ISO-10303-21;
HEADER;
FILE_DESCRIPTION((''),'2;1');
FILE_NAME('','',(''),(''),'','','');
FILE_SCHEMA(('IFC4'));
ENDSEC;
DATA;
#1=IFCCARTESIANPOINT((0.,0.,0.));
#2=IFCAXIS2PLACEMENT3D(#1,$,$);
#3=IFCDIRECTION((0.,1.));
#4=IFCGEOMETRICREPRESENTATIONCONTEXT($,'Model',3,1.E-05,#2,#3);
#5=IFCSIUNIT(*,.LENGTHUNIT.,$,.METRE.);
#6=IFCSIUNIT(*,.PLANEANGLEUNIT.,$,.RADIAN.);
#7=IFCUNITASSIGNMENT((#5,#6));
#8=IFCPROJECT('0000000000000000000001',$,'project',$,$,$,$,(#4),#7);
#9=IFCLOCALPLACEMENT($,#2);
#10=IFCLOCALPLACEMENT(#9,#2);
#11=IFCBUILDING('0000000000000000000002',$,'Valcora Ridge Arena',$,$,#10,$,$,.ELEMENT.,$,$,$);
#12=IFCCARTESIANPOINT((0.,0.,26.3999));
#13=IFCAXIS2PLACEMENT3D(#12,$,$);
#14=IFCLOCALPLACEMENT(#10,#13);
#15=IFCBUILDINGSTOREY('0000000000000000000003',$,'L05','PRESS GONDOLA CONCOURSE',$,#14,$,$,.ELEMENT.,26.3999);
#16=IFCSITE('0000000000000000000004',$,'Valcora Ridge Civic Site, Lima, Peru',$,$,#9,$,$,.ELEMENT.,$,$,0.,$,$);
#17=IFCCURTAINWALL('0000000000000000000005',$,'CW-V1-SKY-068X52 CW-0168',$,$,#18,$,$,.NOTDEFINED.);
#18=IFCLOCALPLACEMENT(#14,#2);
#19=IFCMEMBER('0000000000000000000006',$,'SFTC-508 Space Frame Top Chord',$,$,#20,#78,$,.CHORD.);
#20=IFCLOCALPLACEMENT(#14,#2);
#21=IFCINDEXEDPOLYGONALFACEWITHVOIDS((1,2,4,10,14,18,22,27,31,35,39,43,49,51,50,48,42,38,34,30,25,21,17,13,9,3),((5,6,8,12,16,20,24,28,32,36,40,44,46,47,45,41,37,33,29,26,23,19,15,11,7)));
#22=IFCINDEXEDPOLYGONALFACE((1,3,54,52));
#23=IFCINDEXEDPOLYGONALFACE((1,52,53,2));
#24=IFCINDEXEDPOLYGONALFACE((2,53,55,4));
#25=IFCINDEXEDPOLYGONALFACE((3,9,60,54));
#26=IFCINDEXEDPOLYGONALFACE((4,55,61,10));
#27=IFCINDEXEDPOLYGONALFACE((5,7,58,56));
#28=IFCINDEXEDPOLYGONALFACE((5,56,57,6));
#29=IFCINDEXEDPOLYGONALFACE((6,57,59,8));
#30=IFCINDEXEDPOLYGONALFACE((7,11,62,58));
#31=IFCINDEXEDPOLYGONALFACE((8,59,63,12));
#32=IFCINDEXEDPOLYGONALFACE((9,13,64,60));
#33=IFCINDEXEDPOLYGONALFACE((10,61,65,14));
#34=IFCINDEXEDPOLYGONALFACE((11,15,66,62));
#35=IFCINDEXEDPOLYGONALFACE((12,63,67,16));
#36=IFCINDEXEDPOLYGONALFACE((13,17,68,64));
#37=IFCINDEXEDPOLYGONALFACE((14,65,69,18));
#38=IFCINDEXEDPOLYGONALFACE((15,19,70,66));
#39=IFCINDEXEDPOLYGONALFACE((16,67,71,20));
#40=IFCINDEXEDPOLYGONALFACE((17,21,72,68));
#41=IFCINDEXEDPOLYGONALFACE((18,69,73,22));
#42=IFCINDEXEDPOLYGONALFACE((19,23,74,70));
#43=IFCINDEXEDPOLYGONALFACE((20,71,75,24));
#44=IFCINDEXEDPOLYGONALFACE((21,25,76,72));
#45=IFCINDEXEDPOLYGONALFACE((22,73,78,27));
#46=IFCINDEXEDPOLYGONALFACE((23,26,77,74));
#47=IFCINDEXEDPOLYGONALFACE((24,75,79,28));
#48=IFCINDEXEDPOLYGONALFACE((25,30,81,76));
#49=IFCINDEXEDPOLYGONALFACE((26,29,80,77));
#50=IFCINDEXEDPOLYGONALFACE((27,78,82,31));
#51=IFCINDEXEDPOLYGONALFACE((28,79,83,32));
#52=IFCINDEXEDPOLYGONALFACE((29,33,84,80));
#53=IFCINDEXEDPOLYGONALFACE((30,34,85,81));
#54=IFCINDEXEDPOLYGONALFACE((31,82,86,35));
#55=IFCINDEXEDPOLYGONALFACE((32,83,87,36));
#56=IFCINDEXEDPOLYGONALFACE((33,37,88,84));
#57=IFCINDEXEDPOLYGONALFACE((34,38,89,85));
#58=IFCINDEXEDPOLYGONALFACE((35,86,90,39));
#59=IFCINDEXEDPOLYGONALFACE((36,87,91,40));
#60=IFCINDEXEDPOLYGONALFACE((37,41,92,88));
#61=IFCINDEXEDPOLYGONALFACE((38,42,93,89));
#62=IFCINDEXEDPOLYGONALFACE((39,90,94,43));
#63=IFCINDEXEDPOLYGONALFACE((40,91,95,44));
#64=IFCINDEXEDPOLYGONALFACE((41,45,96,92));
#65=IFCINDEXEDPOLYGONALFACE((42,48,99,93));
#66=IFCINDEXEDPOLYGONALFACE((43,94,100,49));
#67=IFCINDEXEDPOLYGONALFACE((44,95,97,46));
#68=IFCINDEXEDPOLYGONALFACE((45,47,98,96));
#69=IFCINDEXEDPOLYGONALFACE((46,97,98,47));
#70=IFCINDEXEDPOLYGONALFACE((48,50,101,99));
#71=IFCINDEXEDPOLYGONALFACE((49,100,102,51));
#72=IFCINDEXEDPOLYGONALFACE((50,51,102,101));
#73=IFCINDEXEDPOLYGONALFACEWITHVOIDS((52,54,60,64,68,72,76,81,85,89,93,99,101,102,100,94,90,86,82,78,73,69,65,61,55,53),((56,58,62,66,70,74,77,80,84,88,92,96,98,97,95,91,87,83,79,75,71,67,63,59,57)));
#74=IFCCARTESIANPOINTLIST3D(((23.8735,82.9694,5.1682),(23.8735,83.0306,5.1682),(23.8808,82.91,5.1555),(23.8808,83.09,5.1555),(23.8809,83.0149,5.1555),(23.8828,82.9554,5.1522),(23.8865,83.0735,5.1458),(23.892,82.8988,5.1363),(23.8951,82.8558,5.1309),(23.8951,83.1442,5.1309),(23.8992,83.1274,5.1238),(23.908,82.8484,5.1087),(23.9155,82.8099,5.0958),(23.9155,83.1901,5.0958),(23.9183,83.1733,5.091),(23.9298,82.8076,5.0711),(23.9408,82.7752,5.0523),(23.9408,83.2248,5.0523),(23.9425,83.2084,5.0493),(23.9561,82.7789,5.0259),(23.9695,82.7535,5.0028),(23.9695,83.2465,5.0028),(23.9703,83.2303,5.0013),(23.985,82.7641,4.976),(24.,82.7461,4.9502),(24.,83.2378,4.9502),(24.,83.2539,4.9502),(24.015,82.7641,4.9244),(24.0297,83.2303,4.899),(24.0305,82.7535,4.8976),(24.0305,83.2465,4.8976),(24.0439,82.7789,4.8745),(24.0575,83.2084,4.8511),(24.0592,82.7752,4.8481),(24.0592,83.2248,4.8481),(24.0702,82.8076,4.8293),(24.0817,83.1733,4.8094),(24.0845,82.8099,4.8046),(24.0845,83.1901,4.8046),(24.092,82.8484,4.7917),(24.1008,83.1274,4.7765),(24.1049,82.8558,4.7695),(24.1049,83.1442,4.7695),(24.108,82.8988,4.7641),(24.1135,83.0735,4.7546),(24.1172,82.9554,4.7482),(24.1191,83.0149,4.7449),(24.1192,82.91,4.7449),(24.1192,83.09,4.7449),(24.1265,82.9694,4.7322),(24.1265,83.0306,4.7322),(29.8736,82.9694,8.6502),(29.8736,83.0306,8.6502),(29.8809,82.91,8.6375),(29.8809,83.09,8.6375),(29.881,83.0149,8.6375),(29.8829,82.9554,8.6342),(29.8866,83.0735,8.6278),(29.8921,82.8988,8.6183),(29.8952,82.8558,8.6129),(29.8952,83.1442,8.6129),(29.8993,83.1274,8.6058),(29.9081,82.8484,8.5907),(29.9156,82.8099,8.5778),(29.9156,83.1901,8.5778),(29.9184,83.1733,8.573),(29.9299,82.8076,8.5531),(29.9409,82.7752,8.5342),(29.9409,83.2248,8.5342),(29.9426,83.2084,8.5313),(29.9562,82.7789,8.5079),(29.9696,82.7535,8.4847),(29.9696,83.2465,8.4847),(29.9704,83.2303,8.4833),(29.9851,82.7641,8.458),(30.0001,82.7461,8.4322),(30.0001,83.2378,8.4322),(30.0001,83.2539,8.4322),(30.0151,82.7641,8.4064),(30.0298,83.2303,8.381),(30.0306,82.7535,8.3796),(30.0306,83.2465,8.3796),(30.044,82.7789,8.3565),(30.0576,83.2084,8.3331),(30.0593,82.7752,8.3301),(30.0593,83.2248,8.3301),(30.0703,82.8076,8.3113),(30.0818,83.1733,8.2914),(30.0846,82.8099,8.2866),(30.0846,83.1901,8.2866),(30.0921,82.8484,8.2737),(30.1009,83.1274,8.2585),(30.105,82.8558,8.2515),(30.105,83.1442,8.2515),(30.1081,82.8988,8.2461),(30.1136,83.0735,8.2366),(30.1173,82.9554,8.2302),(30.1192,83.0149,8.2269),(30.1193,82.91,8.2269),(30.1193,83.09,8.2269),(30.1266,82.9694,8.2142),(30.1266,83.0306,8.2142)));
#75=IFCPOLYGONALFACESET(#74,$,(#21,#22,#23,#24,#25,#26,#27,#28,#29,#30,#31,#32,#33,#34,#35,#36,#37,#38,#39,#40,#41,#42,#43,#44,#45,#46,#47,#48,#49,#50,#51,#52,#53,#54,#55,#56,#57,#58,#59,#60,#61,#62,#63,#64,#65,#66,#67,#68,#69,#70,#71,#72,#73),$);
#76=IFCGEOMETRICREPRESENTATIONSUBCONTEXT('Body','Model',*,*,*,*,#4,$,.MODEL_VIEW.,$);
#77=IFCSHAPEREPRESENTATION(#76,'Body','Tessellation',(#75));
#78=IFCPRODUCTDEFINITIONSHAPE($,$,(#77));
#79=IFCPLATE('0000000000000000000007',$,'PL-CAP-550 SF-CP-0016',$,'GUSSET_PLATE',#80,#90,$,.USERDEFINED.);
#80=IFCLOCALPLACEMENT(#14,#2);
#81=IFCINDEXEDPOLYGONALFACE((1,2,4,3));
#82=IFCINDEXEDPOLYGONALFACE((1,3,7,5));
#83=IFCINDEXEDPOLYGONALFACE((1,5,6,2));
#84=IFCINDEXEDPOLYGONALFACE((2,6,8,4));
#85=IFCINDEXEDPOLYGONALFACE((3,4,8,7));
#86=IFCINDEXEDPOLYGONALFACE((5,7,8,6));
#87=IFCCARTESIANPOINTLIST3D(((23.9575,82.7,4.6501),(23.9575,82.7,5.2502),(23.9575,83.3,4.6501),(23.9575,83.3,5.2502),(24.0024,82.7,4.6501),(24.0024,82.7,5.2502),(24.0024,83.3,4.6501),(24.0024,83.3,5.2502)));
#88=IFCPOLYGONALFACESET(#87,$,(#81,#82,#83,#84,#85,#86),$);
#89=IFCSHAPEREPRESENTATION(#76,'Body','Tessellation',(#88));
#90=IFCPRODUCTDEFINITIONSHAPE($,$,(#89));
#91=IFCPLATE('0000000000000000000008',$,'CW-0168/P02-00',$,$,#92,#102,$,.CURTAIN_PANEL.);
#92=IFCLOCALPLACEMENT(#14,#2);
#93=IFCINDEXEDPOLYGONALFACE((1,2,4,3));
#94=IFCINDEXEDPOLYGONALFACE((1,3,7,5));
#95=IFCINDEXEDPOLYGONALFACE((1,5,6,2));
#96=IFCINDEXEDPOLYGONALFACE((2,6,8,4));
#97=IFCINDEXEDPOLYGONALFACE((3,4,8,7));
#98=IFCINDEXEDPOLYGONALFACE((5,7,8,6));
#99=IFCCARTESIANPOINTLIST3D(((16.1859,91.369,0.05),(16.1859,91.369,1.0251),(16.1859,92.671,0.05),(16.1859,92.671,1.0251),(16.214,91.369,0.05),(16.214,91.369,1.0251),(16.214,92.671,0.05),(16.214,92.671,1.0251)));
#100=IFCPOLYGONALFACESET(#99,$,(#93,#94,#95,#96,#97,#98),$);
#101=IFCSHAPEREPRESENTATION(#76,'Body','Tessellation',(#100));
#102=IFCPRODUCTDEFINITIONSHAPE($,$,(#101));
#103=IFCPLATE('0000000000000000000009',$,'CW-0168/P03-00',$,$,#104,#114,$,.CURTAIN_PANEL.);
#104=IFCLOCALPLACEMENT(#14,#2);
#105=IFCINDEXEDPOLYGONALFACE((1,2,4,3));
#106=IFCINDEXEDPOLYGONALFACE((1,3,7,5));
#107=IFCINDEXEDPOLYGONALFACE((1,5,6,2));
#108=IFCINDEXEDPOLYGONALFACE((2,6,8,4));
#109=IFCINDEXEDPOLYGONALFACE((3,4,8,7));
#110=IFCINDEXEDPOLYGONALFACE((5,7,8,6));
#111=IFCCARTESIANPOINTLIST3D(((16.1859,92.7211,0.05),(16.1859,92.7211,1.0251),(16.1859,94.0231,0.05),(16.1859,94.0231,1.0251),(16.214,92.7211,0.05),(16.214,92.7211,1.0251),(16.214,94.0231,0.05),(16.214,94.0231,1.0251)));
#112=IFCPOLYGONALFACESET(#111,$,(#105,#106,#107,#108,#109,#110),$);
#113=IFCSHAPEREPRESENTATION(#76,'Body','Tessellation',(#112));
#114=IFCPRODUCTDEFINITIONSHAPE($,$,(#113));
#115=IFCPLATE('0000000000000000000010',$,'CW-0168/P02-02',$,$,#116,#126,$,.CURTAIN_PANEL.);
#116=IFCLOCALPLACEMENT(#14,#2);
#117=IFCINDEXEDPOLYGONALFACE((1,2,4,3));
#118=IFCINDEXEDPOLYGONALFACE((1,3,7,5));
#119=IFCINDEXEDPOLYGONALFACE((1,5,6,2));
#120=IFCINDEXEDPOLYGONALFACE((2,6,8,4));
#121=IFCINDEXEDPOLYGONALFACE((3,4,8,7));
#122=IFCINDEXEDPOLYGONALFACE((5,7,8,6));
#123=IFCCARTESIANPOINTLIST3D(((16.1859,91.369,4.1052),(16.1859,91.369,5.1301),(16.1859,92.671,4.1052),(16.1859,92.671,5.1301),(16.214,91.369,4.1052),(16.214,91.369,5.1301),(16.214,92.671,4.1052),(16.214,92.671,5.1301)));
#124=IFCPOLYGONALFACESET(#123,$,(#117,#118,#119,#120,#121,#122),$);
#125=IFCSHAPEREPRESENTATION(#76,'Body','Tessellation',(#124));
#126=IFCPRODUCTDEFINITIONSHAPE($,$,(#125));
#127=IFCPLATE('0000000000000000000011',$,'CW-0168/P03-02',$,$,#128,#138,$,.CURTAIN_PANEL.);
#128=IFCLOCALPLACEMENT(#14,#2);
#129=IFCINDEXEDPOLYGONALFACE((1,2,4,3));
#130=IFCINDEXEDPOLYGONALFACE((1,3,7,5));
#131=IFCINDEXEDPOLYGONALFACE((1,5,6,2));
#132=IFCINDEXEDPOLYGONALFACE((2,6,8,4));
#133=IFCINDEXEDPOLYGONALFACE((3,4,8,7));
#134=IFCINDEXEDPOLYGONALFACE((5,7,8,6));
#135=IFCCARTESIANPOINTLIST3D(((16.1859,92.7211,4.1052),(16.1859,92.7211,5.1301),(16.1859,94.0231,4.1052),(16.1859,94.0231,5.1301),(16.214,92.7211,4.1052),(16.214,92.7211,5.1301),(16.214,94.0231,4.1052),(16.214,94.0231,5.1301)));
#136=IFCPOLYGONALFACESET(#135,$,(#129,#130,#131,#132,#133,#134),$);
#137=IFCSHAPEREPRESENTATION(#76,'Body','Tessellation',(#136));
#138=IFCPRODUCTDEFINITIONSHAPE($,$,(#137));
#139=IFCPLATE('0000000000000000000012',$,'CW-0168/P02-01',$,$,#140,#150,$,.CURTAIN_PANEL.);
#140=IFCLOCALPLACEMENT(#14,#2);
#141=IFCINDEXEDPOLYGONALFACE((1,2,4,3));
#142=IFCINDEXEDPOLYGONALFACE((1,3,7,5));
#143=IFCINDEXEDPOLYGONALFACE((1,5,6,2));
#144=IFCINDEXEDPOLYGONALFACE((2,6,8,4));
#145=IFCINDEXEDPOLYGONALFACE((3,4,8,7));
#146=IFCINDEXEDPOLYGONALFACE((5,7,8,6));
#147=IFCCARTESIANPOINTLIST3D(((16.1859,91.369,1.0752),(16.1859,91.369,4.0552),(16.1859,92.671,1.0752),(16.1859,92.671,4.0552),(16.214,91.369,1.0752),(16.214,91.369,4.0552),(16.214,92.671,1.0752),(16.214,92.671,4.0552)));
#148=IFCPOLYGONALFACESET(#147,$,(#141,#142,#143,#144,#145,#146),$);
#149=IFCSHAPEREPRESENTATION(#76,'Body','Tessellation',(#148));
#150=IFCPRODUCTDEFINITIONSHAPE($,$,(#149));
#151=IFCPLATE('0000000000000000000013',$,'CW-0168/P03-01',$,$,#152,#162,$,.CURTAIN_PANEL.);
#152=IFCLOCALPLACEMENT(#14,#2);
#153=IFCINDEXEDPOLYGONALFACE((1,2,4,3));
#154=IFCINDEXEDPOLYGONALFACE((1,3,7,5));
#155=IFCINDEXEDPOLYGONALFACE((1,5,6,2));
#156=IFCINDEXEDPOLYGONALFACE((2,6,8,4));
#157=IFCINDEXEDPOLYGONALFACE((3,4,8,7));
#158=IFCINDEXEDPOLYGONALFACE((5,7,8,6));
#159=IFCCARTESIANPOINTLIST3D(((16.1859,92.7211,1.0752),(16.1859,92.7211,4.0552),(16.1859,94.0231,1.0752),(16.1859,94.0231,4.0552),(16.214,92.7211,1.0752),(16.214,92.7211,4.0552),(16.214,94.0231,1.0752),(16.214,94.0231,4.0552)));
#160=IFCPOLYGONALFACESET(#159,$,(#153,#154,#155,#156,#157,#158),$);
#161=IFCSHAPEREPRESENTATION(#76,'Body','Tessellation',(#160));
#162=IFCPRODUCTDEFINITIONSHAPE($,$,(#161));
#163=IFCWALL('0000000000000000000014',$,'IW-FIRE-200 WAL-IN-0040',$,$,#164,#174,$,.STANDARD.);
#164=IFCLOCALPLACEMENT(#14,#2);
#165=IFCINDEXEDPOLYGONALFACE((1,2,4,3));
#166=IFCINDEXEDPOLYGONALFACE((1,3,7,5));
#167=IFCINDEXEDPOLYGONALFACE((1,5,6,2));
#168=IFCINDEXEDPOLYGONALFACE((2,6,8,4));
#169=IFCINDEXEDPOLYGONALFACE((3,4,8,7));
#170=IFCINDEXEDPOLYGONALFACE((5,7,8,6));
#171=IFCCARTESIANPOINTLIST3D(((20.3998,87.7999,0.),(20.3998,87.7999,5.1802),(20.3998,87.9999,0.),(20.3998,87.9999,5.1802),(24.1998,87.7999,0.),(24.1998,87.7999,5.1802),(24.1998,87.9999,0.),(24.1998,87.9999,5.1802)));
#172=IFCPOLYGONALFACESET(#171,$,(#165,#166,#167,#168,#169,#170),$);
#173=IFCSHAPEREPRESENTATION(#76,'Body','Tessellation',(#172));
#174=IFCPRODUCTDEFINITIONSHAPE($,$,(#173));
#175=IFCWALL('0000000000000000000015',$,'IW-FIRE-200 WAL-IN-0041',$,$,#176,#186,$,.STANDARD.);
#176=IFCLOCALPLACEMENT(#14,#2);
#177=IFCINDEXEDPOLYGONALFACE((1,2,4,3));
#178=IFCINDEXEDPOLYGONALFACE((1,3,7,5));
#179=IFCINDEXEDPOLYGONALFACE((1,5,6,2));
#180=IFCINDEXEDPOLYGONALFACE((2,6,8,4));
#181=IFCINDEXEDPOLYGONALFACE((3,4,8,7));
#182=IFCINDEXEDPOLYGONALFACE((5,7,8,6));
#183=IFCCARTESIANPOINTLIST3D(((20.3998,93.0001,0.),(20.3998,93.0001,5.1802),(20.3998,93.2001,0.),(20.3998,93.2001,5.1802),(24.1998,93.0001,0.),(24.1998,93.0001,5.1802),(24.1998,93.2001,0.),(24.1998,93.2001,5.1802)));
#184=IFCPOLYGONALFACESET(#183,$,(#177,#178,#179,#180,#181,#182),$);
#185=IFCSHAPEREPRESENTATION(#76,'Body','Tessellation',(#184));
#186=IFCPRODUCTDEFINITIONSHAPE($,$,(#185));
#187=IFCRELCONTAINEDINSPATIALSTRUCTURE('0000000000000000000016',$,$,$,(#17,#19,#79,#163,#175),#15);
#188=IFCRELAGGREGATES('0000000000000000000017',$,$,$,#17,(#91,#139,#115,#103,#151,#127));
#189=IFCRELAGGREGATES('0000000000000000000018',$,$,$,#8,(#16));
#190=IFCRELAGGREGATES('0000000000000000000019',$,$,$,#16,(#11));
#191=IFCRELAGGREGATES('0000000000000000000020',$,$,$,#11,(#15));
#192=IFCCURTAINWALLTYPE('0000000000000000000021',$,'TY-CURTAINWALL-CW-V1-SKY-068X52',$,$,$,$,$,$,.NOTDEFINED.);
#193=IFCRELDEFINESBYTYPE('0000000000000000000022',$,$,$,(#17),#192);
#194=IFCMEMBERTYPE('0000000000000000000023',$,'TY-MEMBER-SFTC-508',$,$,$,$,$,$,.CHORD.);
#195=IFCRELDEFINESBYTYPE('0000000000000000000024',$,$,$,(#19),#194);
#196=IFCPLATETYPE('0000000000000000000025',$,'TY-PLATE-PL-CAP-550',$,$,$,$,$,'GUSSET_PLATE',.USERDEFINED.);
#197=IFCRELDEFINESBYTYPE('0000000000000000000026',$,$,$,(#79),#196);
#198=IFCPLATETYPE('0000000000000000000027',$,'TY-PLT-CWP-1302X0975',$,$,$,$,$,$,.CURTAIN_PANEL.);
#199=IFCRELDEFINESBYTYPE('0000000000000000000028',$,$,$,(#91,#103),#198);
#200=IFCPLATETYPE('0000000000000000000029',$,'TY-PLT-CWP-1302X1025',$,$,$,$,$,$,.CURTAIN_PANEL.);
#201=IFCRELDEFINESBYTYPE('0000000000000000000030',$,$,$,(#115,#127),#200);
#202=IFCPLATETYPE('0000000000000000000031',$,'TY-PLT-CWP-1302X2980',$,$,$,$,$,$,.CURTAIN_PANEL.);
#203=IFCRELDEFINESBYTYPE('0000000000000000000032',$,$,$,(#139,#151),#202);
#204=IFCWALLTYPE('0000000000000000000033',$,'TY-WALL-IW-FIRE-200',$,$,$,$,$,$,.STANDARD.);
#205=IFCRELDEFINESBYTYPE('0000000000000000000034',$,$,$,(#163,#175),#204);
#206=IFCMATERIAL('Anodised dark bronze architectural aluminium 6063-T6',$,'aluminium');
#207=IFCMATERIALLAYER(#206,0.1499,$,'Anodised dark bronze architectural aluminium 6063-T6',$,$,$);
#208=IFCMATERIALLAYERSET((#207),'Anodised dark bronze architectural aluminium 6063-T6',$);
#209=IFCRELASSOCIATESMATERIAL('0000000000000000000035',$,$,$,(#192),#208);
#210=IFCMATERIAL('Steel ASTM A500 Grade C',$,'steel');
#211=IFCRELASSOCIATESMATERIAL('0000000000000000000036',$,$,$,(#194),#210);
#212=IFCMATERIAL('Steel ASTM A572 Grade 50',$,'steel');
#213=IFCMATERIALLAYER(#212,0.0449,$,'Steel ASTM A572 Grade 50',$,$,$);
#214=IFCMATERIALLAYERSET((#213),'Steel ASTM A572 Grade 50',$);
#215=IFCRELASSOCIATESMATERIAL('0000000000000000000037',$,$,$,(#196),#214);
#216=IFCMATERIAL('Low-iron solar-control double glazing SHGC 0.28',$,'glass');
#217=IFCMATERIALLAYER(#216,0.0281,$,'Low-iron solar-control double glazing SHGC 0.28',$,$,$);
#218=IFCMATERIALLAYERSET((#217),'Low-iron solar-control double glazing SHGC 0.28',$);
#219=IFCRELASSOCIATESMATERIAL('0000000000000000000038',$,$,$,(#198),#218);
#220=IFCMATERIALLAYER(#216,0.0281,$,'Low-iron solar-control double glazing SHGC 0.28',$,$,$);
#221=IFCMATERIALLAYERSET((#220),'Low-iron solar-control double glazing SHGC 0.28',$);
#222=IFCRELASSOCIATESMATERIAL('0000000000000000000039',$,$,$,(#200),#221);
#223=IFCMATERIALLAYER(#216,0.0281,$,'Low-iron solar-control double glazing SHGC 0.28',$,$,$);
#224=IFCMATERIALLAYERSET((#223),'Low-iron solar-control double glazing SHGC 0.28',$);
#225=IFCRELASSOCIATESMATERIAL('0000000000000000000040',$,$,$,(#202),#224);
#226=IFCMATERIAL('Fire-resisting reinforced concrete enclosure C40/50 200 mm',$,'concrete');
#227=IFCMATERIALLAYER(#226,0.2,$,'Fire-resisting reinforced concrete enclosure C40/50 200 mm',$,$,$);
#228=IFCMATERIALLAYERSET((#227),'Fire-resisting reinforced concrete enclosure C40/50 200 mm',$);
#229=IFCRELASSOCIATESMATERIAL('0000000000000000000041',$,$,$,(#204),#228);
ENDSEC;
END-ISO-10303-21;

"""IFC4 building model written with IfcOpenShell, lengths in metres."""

from ifc_helpers import new_model, si_unit, direction, frame, frame_2d, origin, origin_2d, place, context, subcontext, project, spatial, rectangle, hollow_circle, extrude, material, layer, layer_set, material_profile, profile_set, type_object, element, aggregate, save


model = new_model("IFC4")

# Units and contexts
model_context = context("Model", 3, precision=1e-05, world=origin(), true_north=direction((0.0, 1.0)))
body_context = subcontext(model_context, "Body", "Model", "MODEL_VIEW")
ifc_project = project(units=[si_unit("LENGTHUNIT", "METRE"), si_unit("PLANEANGLEUNIT", "RADIAN")], contexts=[model_context])

# Site, building, storey
site_placement = place(None, origin())
site = spatial("IfcSite", under=ifc_project, at=site_placement, Name="Valcora Ridge Civic Site, Lima, Peru", CompositionType="ELEMENT", RefElevation=0.0)
building_placement = place(site_placement, origin())
building = spatial("IfcBuilding", under=site, at=building_placement, Name="Valcora Ridge Arena", CompositionType="ELEMENT")
storey_placement = place(building_placement, frame((0.0, 0.0, 26.3999)))
storey = spatial("IfcBuildingStorey", under=building, at=storey_placement, Name="L05", Description="PRESS GONDOLA CONCOURSE", CompositionType="ELEMENT", Elevation=26.3999)

# Curtain wall
ifc_material_1 = material(Name="Anodised dark bronze architectural aluminium 6063-T6", Category="aluminium")
ifc_layer_1 = layer(ifc_material_1, 0.1499, Name="Anodised dark bronze architectural aluminium 6063-T6")
ifc_layer_set_1 = layer_set([ifc_layer_1], Name="Anodised dark bronze architectural aluminium 6063-T6")
curtain_wall_type = type_object("IfcCurtainWallType", Name="TY-CURTAINWALL-CW-V1-SKY-068X52", PredefinedType="NOTDEFINED", material=ifc_layer_set_1)
curtain_wall_placement = place(storey_placement, origin())
curtain_wall = element("IfcCurtainWall", 1, at=curtain_wall_placement, inside=storey, type_object=curtain_wall_type, Name="CW-V1-SKY-068X52 CW-0168", PredefinedType="NOTDEFINED")

# Member
ifc_material_2 = material(Name="Steel ASTM A500 Grade C", Category="steel")
ifc_material_profile_1 = material_profile(ifc_material_2, hollow_circle(Radius=0.2539, WallThickness=0.0161, at=origin_2d()), Name="CHS508X16")
ifc_profile_set_1 = profile_set([ifc_material_profile_1], Name="Steel ASTM A500 Grade C")
member_type_1 = type_object("IfcMemberType", Name="TY-MEMBER-SFTC-508", PredefinedType="CHORD", material=ifc_profile_set_1)
member_1_placement = place(storey_placement, frame((24.0, 83.0, 4.9502), z_axis=(0.86491, 0.0, 0.501927), x_axis=(0.0, 1.0, 0.0)))
element("IfcMember", 2, at=member_1_placement, inside=storey, type_object=member_type_1, Name="SFTC-508 Space Frame Top Chord", PredefinedType="CHORD", context=body_context, shape_type="SweptSolid", body=[
    extrude(hollow_circle(Radius=0.2539, WallThickness=0.0161, at=origin_2d()), origin(), (0.0, 0.0, 1.0), 6.9373),
])

# Plates
ifc_material_3 = material(Name="Steel ASTM A572 Grade 50", Category="steel")
ifc_layer_2 = layer(ifc_material_3, 0.0449, Name="Steel ASTM A572 Grade 50")
ifc_layer_set_2 = layer_set([ifc_layer_2], Name="Steel ASTM A572 Grade 50")
plate_type_1 = type_object("IfcPlateType", Name="TY-PLATE-PL-CAP-550", ElementType="GUSSET_PLATE", PredefinedType="USERDEFINED", material=ifc_layer_set_2)
plate_1_placement = place(storey_placement, frame((23.98, 83.0, 4.6501), z_axis=(0.0, 0.0, 1.0), x_axis=(1.0, 0.0, 0.0)))
element("IfcPlate", 3, at=plate_1_placement, inside=storey, type_object=plate_type_1, Name="PL-CAP-550 SF-CP-0016", ObjectType="GUSSET_PLATE", PredefinedType="USERDEFINED", context=body_context, shape_type="SweptSolid", body=[
    extrude(rectangle(XDim=0.0449, YDim=0.6001, at=origin_2d()), origin(), (0.0, 0.0, 1.0), 0.6001),
])
ifc_material_4 = material(Name="Low-iron solar-control double glazing SHGC 0.28", Category="glass")
ifc_layer_3 = layer(ifc_material_4, 0.0281, Name="Low-iron solar-control double glazing SHGC 0.28")
ifc_layer_set_3 = layer_set([ifc_layer_3], Name="Low-iron solar-control double glazing SHGC 0.28")
plate_type_2 = type_object("IfcPlateType", Name="TY-PLT-CWP-1302X0975", PredefinedType="CURTAIN_PANEL", material=ifc_layer_set_3)
plate_2_placement = place(storey_placement, frame((16.2, 92.02, 0.05), z_axis=(0.0, 0.0, 1.0), x_axis=(0.0, 1.0, 0.0)))
plate_2 = element("IfcPlate", 4, at=plate_2_placement, type_object=plate_type_2, Name="CW-0168/P02-00", PredefinedType="CURTAIN_PANEL", context=body_context, shape_type="SweptSolid", body=[
    extrude(rectangle(XDim=1.302, YDim=0.0281, at=origin_2d()), origin(), (0.0, 0.0, 1.0), 0.9751),
])
plate_3_placement = place(storey_placement, frame((16.2, 93.3721, 0.05), z_axis=(0.0, 0.0, 1.0), x_axis=(0.0, 1.0, 0.0)))
plate_3 = element("IfcPlate", 5, at=plate_3_placement, type_object=plate_type_2, Name="CW-0168/P03-00", PredefinedType="CURTAIN_PANEL", context=body_context, shape_type="SweptSolid", body=[
    extrude(rectangle(XDim=1.302, YDim=0.0281, at=origin_2d()), origin(), (0.0, 0.0, 1.0), 0.9751),
])
ifc_layer_4 = layer(ifc_material_4, 0.0281, Name="Low-iron solar-control double glazing SHGC 0.28")
ifc_layer_set_4 = layer_set([ifc_layer_4], Name="Low-iron solar-control double glazing SHGC 0.28")
plate_type_3 = type_object("IfcPlateType", Name="TY-PLT-CWP-1302X1025", PredefinedType="CURTAIN_PANEL", material=ifc_layer_set_4)
plate_4_placement = place(storey_placement, frame((16.2, 92.02, 4.1052), z_axis=(0.0, 0.0, 1.0), x_axis=(0.0, 1.0, 0.0)))
plate_4 = element("IfcPlate", 6, at=plate_4_placement, type_object=plate_type_3, Name="CW-0168/P02-02", PredefinedType="CURTAIN_PANEL", context=body_context, shape_type="SweptSolid", body=[
    extrude(rectangle(XDim=1.302, YDim=0.0281, at=origin_2d()), origin(), (0.0, 0.0, 1.0), 1.0249),
])
plate_5_placement = place(storey_placement, frame((16.2, 93.3721, 4.1052), z_axis=(0.0, 0.0, 1.0), x_axis=(0.0, 1.0, 0.0)))
plate_5 = element("IfcPlate", 7, at=plate_5_placement, type_object=plate_type_3, Name="CW-0168/P03-02", PredefinedType="CURTAIN_PANEL", context=body_context, shape_type="SweptSolid", body=[
    extrude(rectangle(XDim=1.302, YDim=0.0281, at=origin_2d()), origin(), (0.0, 0.0, 1.0), 1.0249),
])
ifc_layer_5 = layer(ifc_material_4, 0.0281, Name="Low-iron solar-control double glazing SHGC 0.28")
ifc_layer_set_5 = layer_set([ifc_layer_5], Name="Low-iron solar-control double glazing SHGC 0.28")
plate_type_4 = type_object("IfcPlateType", Name="TY-PLT-CWP-1302X2980", PredefinedType="CURTAIN_PANEL", material=ifc_layer_set_5)
plate_6_placement = place(storey_placement, frame((16.2, 92.02, 1.0752), z_axis=(0.0, 0.0, 1.0), x_axis=(0.0, 1.0, 0.0)))
plate_6 = element("IfcPlate", 8, at=plate_6_placement, type_object=plate_type_4, Name="CW-0168/P02-01", PredefinedType="CURTAIN_PANEL", context=body_context, shape_type="SweptSolid", body=[
    extrude(rectangle(XDim=1.302, YDim=0.0281, at=origin_2d()), origin(), (0.0, 0.0, 1.0), 2.98),
])
plate_7_placement = place(storey_placement, frame((16.2, 93.3721, 1.0752), z_axis=(0.0, 0.0, 1.0), x_axis=(0.0, 1.0, 0.0)))
plate_7 = element("IfcPlate", 9, at=plate_7_placement, type_object=plate_type_4, Name="CW-0168/P03-01", PredefinedType="CURTAIN_PANEL", context=body_context, shape_type="SweptSolid", body=[
    extrude(rectangle(XDim=1.302, YDim=0.0281, at=origin_2d()), origin(), (0.0, 0.0, 1.0), 2.98),
])
aggregate(curtain_wall, [plate_2, plate_6, plate_4, plate_3, plate_7, plate_5])

# Walls
ifc_material_5 = material(Name="Fire-resisting reinforced concrete enclosure C40/50 200 mm", Category="concrete")
ifc_layer_6 = layer(ifc_material_5, 0.2, Name="Fire-resisting reinforced concrete enclosure C40/50 200 mm")
ifc_layer_set_6 = layer_set([ifc_layer_6], Name="Fire-resisting reinforced concrete enclosure C40/50 200 mm")
wall_type_1 = type_object("IfcWallType", Name="TY-WALL-IW-FIRE-200", PredefinedType="STANDARD", material=ifc_layer_set_6)
for number, where, z_axis, x_axis, name in (
    (10, (20.3999, 87.8999, 0.0), (0.0, 0.0, 1.0), (1.0, 0.0, 0.0), "IW-FIRE-200 WAL-IN-0040"),
    (11, (20.3999, 93.1001, 0.0), (0.0, 0.0, 1.0), (1.0, 0.0, 0.0), "IW-FIRE-200 WAL-IN-0041"),
):
    element("IfcWall", number, at=place(storey_placement, frame(where, z_axis=z_axis, x_axis=x_axis)), inside=storey, type_object=wall_type_1, Name=name, PredefinedType="STANDARD", context=body_context, shape_type="SweptSolid", body=[
        extrude(rectangle(XDim=3.8, YDim=0.2, at=frame_2d((1.8999, 0.0))), origin(), (0.0, 0.0, 1.0), 5.1802),
    ])

save(model, "model.ifc")
